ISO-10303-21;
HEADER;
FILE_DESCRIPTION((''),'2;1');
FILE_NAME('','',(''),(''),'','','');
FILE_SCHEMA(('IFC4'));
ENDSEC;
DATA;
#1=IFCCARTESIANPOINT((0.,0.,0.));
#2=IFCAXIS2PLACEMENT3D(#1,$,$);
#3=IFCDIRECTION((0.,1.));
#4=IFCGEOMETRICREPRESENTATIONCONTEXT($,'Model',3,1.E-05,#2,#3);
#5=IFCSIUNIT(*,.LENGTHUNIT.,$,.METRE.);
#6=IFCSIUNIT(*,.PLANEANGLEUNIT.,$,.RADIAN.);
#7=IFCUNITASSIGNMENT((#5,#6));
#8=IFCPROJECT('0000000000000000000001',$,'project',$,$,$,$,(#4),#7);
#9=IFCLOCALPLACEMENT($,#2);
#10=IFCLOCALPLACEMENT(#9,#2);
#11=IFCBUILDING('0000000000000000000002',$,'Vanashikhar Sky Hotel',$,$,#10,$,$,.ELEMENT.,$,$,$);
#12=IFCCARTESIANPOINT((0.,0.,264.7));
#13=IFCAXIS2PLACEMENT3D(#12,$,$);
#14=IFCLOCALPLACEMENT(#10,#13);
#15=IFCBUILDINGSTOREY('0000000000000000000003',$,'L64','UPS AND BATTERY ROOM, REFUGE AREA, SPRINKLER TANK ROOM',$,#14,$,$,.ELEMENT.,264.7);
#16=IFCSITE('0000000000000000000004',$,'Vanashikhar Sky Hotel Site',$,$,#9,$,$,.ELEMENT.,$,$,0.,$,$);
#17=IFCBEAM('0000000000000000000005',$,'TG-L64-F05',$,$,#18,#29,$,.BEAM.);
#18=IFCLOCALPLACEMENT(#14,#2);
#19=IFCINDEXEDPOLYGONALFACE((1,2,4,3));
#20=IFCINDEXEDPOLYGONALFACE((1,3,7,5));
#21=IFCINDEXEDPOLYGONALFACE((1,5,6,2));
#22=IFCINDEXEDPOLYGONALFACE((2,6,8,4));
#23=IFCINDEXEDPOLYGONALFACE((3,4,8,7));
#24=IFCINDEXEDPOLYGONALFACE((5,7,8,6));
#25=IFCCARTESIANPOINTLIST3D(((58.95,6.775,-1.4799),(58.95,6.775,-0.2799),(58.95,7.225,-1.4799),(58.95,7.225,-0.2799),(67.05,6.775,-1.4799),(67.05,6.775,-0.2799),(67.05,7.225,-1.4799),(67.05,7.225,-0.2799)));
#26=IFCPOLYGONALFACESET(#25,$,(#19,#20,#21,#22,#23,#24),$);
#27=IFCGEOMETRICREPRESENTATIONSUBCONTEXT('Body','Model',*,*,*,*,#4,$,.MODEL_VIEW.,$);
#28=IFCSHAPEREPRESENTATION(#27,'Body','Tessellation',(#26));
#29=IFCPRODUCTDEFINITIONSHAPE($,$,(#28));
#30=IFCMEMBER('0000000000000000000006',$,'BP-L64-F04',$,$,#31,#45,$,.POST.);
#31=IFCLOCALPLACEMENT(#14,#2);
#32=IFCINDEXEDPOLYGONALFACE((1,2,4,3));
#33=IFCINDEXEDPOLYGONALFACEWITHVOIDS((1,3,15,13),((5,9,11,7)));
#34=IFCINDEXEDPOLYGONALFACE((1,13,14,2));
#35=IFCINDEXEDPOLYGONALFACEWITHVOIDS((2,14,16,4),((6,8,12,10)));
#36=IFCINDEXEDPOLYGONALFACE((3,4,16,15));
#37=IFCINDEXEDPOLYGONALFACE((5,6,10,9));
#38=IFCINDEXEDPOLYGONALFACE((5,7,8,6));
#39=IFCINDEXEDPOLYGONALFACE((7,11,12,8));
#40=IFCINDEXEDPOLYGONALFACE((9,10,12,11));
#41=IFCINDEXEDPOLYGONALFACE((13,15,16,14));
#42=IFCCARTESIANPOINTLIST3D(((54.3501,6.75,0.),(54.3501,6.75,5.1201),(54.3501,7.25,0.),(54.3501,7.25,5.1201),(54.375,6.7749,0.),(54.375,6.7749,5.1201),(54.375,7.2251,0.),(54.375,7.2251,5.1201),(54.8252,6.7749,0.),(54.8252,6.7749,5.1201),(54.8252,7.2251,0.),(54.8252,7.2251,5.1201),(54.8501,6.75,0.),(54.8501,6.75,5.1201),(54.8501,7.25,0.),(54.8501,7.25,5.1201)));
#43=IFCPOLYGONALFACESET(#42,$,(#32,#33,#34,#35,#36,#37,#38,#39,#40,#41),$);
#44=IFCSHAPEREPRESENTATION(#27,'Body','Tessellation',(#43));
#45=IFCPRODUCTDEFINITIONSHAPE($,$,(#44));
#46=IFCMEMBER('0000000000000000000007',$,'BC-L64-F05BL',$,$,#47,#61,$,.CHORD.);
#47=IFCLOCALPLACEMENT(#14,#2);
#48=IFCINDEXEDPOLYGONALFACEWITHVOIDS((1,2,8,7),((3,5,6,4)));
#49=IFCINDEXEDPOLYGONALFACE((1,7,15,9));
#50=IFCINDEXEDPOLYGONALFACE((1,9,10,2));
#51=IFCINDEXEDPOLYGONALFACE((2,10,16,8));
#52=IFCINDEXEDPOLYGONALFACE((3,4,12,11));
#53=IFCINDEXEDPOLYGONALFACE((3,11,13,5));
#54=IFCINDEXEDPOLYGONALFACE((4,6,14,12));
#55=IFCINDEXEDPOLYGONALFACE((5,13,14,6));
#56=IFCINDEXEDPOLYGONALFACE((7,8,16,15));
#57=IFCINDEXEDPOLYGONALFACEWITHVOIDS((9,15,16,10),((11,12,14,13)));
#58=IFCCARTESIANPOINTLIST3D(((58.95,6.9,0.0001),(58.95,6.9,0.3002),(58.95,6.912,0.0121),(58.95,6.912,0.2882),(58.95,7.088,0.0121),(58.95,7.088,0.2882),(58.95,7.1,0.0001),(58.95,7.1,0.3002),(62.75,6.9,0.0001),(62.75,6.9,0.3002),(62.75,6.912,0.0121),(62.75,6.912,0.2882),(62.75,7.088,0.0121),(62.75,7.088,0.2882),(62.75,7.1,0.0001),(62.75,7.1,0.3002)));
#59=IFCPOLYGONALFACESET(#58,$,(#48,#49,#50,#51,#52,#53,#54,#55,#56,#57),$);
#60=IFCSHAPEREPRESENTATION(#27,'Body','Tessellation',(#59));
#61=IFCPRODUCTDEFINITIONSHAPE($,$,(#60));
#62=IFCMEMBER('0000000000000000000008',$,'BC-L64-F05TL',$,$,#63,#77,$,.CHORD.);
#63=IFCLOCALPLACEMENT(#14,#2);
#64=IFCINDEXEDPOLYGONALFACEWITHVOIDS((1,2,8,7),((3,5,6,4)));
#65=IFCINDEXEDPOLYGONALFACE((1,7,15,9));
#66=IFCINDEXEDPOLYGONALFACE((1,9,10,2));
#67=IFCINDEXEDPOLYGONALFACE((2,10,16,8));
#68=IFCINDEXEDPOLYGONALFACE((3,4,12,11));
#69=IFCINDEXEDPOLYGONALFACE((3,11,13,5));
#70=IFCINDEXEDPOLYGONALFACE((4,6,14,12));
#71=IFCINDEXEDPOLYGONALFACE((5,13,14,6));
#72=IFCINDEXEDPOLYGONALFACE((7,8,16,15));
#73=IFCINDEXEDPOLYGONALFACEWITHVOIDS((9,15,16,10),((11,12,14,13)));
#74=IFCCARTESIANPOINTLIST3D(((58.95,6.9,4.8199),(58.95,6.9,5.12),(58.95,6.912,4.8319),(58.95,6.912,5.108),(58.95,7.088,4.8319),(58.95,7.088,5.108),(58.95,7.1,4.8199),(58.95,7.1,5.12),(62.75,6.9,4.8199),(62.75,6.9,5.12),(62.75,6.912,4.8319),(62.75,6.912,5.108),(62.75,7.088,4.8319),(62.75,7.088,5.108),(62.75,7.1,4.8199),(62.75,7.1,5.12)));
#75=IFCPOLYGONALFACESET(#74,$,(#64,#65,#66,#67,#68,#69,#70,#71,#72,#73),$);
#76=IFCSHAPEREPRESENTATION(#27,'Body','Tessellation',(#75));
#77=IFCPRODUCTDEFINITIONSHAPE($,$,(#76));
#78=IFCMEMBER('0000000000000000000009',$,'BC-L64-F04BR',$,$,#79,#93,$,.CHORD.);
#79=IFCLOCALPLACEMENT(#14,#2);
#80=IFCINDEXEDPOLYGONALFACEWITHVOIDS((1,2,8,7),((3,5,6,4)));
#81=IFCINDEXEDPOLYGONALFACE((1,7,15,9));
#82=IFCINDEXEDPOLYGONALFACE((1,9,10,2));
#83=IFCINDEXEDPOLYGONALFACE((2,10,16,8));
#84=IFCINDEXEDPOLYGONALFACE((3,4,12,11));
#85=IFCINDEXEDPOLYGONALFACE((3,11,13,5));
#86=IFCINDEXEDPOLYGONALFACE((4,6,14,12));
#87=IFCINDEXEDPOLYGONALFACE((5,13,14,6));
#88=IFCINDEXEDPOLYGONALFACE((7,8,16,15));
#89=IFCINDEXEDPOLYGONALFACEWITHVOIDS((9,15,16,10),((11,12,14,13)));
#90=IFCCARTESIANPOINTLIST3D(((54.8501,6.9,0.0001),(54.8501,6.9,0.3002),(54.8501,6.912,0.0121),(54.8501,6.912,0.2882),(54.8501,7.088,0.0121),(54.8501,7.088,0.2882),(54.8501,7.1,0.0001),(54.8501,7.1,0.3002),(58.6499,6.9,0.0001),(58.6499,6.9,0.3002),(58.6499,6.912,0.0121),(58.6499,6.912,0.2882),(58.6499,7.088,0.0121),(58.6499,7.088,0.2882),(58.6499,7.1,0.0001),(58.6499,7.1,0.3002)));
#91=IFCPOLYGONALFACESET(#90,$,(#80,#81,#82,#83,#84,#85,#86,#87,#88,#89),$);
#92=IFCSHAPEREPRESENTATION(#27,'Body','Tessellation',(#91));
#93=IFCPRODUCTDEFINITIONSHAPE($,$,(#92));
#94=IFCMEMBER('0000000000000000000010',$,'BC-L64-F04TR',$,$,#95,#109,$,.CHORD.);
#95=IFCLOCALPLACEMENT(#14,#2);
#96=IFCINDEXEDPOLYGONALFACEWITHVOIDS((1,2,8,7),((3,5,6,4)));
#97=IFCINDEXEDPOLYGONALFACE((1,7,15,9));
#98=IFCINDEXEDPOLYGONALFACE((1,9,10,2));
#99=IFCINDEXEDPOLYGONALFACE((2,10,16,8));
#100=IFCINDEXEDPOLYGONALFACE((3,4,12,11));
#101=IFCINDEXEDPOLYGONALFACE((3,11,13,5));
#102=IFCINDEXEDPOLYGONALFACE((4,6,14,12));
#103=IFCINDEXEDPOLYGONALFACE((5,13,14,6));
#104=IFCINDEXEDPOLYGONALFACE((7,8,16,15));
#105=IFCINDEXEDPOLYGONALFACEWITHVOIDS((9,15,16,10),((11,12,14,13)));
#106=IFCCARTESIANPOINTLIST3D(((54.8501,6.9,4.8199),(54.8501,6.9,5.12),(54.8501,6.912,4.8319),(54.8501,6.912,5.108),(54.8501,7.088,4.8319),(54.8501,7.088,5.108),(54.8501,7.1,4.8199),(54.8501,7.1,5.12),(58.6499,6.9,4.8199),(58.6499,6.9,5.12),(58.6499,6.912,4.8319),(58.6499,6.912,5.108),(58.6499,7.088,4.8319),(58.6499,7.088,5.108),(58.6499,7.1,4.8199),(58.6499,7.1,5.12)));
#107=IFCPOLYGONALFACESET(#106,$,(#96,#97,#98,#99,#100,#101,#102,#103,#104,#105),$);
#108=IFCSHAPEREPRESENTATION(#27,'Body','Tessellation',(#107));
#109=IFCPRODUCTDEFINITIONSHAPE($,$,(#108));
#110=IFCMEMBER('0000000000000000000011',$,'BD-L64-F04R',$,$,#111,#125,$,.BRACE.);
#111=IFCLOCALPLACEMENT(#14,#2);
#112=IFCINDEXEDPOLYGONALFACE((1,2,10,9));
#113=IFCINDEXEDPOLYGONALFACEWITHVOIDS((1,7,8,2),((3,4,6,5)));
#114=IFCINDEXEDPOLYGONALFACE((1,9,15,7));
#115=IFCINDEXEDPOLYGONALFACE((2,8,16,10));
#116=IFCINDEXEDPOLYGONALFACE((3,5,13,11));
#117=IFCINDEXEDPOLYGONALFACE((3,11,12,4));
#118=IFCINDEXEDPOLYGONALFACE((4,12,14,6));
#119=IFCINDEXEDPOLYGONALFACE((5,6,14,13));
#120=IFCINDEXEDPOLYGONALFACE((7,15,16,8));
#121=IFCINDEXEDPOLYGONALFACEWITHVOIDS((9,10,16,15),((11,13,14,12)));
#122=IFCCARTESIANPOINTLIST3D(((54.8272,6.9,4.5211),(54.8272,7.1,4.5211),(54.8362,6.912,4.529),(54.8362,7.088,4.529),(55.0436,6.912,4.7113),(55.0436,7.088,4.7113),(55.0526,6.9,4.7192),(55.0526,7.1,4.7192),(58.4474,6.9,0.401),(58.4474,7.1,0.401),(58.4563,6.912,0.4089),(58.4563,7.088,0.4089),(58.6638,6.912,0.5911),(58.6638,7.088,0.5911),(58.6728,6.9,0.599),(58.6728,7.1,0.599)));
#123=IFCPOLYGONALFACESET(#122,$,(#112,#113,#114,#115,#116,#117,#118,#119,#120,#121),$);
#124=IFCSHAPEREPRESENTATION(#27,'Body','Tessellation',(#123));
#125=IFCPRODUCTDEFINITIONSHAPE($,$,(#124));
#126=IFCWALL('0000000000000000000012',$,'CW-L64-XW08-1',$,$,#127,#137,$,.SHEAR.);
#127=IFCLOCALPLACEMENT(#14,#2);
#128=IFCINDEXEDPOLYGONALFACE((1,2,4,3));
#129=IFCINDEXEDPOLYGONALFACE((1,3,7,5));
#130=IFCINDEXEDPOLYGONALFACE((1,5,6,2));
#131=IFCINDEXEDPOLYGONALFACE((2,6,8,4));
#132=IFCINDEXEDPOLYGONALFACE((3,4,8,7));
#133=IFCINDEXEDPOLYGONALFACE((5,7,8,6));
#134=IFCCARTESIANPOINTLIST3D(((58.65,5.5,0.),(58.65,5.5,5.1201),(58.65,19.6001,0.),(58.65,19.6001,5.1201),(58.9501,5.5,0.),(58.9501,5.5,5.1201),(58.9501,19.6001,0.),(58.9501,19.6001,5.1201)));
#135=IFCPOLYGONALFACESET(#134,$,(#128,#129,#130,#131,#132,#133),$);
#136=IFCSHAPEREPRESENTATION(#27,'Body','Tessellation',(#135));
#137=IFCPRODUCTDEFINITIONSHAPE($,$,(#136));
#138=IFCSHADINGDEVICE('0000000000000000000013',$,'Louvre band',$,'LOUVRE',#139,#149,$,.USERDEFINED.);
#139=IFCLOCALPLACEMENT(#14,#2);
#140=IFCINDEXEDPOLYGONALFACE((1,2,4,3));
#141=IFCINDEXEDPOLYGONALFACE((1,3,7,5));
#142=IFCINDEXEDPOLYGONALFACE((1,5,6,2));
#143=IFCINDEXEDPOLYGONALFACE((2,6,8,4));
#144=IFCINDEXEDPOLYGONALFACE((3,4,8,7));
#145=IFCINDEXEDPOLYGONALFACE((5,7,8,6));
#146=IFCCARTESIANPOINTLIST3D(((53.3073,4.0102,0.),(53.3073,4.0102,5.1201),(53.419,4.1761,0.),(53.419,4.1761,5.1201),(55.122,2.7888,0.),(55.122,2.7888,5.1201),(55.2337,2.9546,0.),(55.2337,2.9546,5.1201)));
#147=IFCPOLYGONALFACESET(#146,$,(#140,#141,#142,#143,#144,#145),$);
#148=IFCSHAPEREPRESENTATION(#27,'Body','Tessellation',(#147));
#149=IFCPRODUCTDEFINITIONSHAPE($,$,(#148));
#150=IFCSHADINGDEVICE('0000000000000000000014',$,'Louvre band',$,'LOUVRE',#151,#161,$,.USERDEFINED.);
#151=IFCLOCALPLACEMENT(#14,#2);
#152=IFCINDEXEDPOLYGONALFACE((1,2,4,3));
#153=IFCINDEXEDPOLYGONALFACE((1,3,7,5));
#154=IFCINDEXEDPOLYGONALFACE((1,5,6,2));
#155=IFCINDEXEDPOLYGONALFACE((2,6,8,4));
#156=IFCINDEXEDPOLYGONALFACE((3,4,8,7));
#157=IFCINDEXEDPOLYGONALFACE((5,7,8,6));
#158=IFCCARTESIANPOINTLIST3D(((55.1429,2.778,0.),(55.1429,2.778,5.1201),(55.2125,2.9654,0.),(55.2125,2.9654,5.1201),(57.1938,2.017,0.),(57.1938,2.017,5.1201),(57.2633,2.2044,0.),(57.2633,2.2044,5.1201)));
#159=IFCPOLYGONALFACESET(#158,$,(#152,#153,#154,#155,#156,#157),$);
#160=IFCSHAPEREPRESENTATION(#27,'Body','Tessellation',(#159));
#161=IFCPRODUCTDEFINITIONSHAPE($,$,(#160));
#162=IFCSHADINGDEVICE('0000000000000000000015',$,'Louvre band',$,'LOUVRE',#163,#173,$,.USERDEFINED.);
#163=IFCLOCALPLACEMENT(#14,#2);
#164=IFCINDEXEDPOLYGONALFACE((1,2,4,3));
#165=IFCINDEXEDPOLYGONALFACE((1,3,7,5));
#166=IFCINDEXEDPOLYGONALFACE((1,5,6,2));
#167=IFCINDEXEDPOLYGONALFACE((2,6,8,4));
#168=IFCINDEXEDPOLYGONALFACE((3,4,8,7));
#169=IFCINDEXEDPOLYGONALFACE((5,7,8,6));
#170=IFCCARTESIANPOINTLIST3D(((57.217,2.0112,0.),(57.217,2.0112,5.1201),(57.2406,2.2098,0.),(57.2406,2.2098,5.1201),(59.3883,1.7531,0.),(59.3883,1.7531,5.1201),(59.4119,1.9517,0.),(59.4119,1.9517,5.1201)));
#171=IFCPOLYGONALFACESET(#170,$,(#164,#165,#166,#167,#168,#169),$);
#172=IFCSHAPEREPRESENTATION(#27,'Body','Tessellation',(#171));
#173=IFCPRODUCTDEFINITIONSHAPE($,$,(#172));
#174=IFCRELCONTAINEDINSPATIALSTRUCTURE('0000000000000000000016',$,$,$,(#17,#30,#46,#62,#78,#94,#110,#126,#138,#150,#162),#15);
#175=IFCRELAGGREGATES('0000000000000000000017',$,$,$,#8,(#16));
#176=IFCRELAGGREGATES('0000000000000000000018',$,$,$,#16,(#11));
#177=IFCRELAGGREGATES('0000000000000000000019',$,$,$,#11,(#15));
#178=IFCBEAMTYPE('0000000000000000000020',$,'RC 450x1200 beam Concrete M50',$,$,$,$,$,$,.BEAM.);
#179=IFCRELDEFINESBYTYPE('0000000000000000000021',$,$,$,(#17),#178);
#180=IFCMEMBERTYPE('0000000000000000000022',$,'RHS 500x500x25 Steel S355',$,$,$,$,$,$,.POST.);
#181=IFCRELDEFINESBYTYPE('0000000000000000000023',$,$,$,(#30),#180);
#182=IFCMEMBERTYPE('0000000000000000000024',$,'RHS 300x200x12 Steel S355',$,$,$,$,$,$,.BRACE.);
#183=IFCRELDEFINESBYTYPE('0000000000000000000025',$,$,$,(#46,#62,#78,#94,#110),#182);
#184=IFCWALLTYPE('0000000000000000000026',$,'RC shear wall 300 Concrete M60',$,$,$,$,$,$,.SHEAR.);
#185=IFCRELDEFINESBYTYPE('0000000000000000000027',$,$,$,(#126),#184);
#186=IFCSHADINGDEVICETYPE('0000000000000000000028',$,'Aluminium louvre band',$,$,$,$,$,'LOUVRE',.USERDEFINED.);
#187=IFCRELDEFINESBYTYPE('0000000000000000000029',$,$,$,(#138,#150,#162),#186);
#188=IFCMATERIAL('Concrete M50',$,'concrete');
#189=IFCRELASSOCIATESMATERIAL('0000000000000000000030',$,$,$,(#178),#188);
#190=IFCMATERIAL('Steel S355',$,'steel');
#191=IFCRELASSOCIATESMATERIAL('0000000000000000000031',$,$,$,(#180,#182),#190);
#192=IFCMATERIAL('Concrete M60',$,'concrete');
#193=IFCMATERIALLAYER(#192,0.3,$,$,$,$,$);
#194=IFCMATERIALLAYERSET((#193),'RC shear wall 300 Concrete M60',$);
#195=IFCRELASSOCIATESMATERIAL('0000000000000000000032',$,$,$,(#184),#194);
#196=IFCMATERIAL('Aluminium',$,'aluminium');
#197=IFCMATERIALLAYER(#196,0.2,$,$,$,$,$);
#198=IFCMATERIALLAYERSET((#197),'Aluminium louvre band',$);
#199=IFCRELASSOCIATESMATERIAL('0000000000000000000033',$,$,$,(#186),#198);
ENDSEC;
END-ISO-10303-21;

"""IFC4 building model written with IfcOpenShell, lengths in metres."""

from ifc_helpers import new_model, si_unit, direction, frame, frame_2d, origin, origin_2d, place, context, subcontext, project, spatial, rectangle, hollow_rectangle, extrude, source, transform, mapped, material, layer, layer_set, material_profile, profile_set, type_object, element, save


model = new_model("IFC4")

# Units and contexts
model_context = context("Model", 3, precision=1e-05, world=origin(), true_north=direction((0.0, 1.0)))
body_context = subcontext(model_context, "Body", "Model", "MODEL_VIEW")
ifc_project = project(units=[si_unit("LENGTHUNIT", "METRE"), si_unit("PLANEANGLEUNIT", "RADIAN")], contexts=[model_context])

# Site, building, storey
site_placement = place(None, origin())
site = spatial("IfcSite", under=ifc_project, at=site_placement, Name="Vanashikhar Sky Hotel Site", CompositionType="ELEMENT", RefElevation=0.0)
building_placement = place(site_placement, origin())
building = spatial("IfcBuilding", under=site, at=building_placement, Name="Vanashikhar Sky Hotel", CompositionType="ELEMENT")
storey_placement = place(building_placement, frame((0.0, 0.0, 264.7)))
storey = spatial("IfcBuildingStorey", under=building, at=storey_placement, Name="L64", Description="UPS AND BATTERY ROOM, REFUGE AREA, SPRINKLER TANK ROOM", CompositionType="ELEMENT", Elevation=264.7)

# Beam
ifc_material_1 = material(Name="Concrete M50", Category="concrete")
ifc_material_profile_1 = material_profile(ifc_material_1, rectangle(XDim=0.45, YDim=1.2, at=origin_2d()))
ifc_profile_set_1 = profile_set([ifc_material_profile_1], Name="RC 450x1200 beam Concrete M50")
beam_type = type_object("IfcBeamType", Name="RC 450x1200 beam Concrete M50", PredefinedType="BEAM", material=ifc_profile_set_1)
shared_shape_1 = source(origin(), body_context, "Body", "SweptSolid", [
    extrude(rectangle(XDim=0.45, YDim=1.2, at=origin_2d()), origin(), (0.0, 0.0, 1.0), 8.1001),
])
beam_placement = place(storey_placement, frame((58.95, 7.0, -0.8799), z_axis=(1.0, 0.0, 0.0), x_axis=(0.0, 1.0, 0.0)))
element("IfcBeam", 1, at=beam_placement, inside=storey, type_object=beam_type, Name="TG-L64-F05", PredefinedType="BEAM", context=body_context, shape_type="MappedRepresentation", body=[
    mapped(shared_shape_1, transform((0.0, 0.0, 0.0), scale=1.0)),
])

# Members
ifc_material_2 = material(Name="Steel S355", Category="steel")
ifc_material_profile_2 = material_profile(ifc_material_2, hollow_rectangle(XDim=0.5, YDim=0.5, WallThickness=0.0249, at=origin_2d()))
ifc_profile_set_2 = profile_set([ifc_material_profile_2], Name="RHS 500x500x25 Steel S355")
member_type_1 = type_object("IfcMemberType", Name="RHS 500x500x25 Steel S355", PredefinedType="POST", material=ifc_profile_set_2)
shared_shape_2 = source(origin(), body_context, "Body", "SweptSolid", [
    extrude(hollow_rectangle(XDim=0.5, YDim=0.5, WallThickness=0.0249, at=origin_2d()), origin(), (0.0, 0.0, 1.0), 5.1201),
])
member_1_placement = place(storey_placement, frame((54.6001, 7.0, 0.0), z_axis=(0.0, 0.0, 1.0), x_axis=(1.0, 0.0, 0.0)))
element("IfcMember", 2, at=member_1_placement, inside=storey, type_object=member_type_1, Name="BP-L64-F04", PredefinedType="POST", context=body_context, shape_type="MappedRepresentation", body=[
    mapped(shared_shape_2, transform((0.0, 0.0, 0.0), scale=1.0)),
])
ifc_material_profile_3 = material_profile(ifc_material_2, hollow_rectangle(XDim=0.2, YDim=0.3, WallThickness=0.012, at=origin_2d()))
ifc_profile_set_3 = profile_set([ifc_material_profile_3], Name="RHS 300x200x12 Steel S355")
member_type_2 = type_object("IfcMemberType", Name="RHS 300x200x12 Steel S355", PredefinedType="BRACE", material=ifc_profile_set_3)
shared_shape_3 = source(origin(), body_context, "Body", "SweptSolid", [
    extrude(hollow_rectangle(XDim=0.2, YDim=0.3, WallThickness=0.012, at=origin_2d()), origin(), (0.0, 0.0, 1.0), 3.8),
])
for number, where, z_axis, x_axis, name in (
    (3, (58.95, 7.0, 0.1501), (1.0, 0.0, 0.0), (0.0, 1.0, 0.0), "BC-L64-F05BL"),
    (4, (58.95, 7.0, 4.97), (1.0, 0.0, 0.0), (0.0, 1.0, 0.0), "BC-L64-F05TL"),
):
    element("IfcMember", number, at=place(storey_placement, frame(where, z_axis=z_axis, x_axis=x_axis)), inside=storey, type_object=member_type_2, Name=name, PredefinedType="CHORD", context=body_context, shape_type="MappedRepresentation", body=[
        mapped(shared_shape_3, transform((0.0, 0.0, 0.0), scale=1.0)),
    ])
shared_shape_4 = source(origin(), body_context, "Body", "SweptSolid", [
    extrude(hollow_rectangle(XDim=0.2, YDim=0.3, WallThickness=0.012, at=origin_2d()), origin(), (0.0, 0.0, 1.0), 3.7998),
])
for number, where, z_axis, x_axis, name in (
    (5, (54.8501, 7.0, 0.1501), (1.0, 0.0, 0.0), (0.0, 1.0, 0.0), "BC-L64-F04BR"),
    (6, (54.8501, 7.0, 4.97), (1.0, 0.0, 0.0), (0.0, 1.0, 0.0), "BC-L64-F04TR"),
):
    element("IfcMember", number, at=place(storey_placement, frame(where, z_axis=z_axis, x_axis=x_axis)), inside=storey, type_object=member_type_2, Name=name, PredefinedType="CHORD", context=body_context, shape_type="MappedRepresentation", body=[
        mapped(shared_shape_4, transform((0.0, 0.0, 0.0), scale=1.0)),
    ])
shared_shape_5 = source(origin(), body_context, "Body", "SweptSolid", [
    extrude(hollow_rectangle(XDim=0.2, YDim=0.3, WallThickness=0.012, at=origin_2d()), origin(), (0.0, 0.0, 1.0), 5.4846),
])
member_2_placement = place(storey_placement, frame((58.5601, 7.0, 0.5), z_axis=(-0.660054, 0.0, 0.751218), x_axis=(0.0, -1.0, 0.0)))
element("IfcMember", 7, at=member_2_placement, inside=storey, type_object=member_type_2, Name="BD-L64-F04R", PredefinedType="BRACE", context=body_context, shape_type="MappedRepresentation", body=[
    mapped(shared_shape_5, transform((0.0, 0.0, 0.0), scale=1.0)),
])

# Wall
ifc_material_3 = material(Name="Concrete M60", Category="concrete")
ifc_layer_1 = layer(ifc_material_3, 0.3)
ifc_layer_set_1 = layer_set([ifc_layer_1], Name="RC shear wall 300 Concrete M60")
wall_type = type_object("IfcWallType", Name="RC shear wall 300 Concrete M60", PredefinedType="SHEAR", material=ifc_layer_set_1)
shared_shape_6 = source(origin(), body_context, "Body", "SweptSolid", [
    extrude(rectangle(XDim=14.1001, YDim=0.3, at=frame_2d((7.05, 0.0))), origin(), (0.0, 0.0, 1.0), 5.1201),
])
wall_placement = place(storey_placement, frame((58.8, 5.5, 0.0), z_axis=(0.0, 0.0, 1.0), x_axis=(0.0, 1.0, 0.0)))
element("IfcWall", 8, at=wall_placement, inside=storey, type_object=wall_type, Name="CW-L64-XW08-1", PredefinedType="SHEAR", context=body_context, shape_type="MappedRepresentation", body=[
    mapped(shared_shape_6, transform((0.0, 0.0, 0.0), scale=1.0)),
])

# Shading devices
ifc_material_4 = material(Name="Aluminium", Category="aluminium")
ifc_layer_2 = layer(ifc_material_4, 0.2)
ifc_layer_set_2 = layer_set([ifc_layer_2], Name="Aluminium louvre band")
shading_device_type = type_object("IfcShadingDeviceType", Name="Aluminium louvre band", ElementType="LOUVRE", PredefinedType="USERDEFINED", material=ifc_layer_set_2)
shared_shape_7 = source(origin(), body_context, "Body", "SweptSolid", [
    extrude(rectangle(XDim=2.1875, YDim=0.2, at=origin_2d()), origin(), (0.0, 0.0, 1.0), 5.1201),
])
for number, where, z_axis, x_axis, name in (
    (9, (54.2705, 3.4824, 0.0), (0.0, 0.0, 1.0), (0.829584, -0.558382, 0.0), "Louvre band"),
    (10, (56.2031, 2.4912, 0.0), (0.0, 0.0, 1.0), (0.937537, -0.347885, 0.0), "Louvre band"),
):
    element("IfcShadingDevice", number, at=place(storey_placement, frame(where, z_axis=z_axis, x_axis=x_axis)), inside=storey, type_object=shading_device_type, Name=name, ObjectType="LOUVRE", PredefinedType="USERDEFINED", context=body_context, shape_type="MappedRepresentation", body=[
        mapped(shared_shape_7, transform((0.0, 0.0, 0.0), scale=1.0)),
    ])
shared_shape_8 = source(origin(), body_context, "Body", "SweptSolid", [
    extrude(rectangle(XDim=2.1865, YDim=0.2, at=origin_2d()), origin(), (0.0, 0.0, 1.0), 5.1201),
])
shading_device_placement = place(storey_placement, frame((58.3145, 1.9814, 0.0), z_axis=(0.0, 0.0, 1.0), x_axis=(0.993009, -0.11804, 0.0)))
element("IfcShadingDevice", 11, at=shading_device_placement, inside=storey, type_object=shading_device_type, Name="Louvre band", ObjectType="LOUVRE", PredefinedType="USERDEFINED", context=body_context, shape_type="MappedRepresentation", body=[
    mapped(shared_shape_8, transform((0.0, 0.0, 0.0), scale=1.0)),
])

save(model, "model.ifc")
